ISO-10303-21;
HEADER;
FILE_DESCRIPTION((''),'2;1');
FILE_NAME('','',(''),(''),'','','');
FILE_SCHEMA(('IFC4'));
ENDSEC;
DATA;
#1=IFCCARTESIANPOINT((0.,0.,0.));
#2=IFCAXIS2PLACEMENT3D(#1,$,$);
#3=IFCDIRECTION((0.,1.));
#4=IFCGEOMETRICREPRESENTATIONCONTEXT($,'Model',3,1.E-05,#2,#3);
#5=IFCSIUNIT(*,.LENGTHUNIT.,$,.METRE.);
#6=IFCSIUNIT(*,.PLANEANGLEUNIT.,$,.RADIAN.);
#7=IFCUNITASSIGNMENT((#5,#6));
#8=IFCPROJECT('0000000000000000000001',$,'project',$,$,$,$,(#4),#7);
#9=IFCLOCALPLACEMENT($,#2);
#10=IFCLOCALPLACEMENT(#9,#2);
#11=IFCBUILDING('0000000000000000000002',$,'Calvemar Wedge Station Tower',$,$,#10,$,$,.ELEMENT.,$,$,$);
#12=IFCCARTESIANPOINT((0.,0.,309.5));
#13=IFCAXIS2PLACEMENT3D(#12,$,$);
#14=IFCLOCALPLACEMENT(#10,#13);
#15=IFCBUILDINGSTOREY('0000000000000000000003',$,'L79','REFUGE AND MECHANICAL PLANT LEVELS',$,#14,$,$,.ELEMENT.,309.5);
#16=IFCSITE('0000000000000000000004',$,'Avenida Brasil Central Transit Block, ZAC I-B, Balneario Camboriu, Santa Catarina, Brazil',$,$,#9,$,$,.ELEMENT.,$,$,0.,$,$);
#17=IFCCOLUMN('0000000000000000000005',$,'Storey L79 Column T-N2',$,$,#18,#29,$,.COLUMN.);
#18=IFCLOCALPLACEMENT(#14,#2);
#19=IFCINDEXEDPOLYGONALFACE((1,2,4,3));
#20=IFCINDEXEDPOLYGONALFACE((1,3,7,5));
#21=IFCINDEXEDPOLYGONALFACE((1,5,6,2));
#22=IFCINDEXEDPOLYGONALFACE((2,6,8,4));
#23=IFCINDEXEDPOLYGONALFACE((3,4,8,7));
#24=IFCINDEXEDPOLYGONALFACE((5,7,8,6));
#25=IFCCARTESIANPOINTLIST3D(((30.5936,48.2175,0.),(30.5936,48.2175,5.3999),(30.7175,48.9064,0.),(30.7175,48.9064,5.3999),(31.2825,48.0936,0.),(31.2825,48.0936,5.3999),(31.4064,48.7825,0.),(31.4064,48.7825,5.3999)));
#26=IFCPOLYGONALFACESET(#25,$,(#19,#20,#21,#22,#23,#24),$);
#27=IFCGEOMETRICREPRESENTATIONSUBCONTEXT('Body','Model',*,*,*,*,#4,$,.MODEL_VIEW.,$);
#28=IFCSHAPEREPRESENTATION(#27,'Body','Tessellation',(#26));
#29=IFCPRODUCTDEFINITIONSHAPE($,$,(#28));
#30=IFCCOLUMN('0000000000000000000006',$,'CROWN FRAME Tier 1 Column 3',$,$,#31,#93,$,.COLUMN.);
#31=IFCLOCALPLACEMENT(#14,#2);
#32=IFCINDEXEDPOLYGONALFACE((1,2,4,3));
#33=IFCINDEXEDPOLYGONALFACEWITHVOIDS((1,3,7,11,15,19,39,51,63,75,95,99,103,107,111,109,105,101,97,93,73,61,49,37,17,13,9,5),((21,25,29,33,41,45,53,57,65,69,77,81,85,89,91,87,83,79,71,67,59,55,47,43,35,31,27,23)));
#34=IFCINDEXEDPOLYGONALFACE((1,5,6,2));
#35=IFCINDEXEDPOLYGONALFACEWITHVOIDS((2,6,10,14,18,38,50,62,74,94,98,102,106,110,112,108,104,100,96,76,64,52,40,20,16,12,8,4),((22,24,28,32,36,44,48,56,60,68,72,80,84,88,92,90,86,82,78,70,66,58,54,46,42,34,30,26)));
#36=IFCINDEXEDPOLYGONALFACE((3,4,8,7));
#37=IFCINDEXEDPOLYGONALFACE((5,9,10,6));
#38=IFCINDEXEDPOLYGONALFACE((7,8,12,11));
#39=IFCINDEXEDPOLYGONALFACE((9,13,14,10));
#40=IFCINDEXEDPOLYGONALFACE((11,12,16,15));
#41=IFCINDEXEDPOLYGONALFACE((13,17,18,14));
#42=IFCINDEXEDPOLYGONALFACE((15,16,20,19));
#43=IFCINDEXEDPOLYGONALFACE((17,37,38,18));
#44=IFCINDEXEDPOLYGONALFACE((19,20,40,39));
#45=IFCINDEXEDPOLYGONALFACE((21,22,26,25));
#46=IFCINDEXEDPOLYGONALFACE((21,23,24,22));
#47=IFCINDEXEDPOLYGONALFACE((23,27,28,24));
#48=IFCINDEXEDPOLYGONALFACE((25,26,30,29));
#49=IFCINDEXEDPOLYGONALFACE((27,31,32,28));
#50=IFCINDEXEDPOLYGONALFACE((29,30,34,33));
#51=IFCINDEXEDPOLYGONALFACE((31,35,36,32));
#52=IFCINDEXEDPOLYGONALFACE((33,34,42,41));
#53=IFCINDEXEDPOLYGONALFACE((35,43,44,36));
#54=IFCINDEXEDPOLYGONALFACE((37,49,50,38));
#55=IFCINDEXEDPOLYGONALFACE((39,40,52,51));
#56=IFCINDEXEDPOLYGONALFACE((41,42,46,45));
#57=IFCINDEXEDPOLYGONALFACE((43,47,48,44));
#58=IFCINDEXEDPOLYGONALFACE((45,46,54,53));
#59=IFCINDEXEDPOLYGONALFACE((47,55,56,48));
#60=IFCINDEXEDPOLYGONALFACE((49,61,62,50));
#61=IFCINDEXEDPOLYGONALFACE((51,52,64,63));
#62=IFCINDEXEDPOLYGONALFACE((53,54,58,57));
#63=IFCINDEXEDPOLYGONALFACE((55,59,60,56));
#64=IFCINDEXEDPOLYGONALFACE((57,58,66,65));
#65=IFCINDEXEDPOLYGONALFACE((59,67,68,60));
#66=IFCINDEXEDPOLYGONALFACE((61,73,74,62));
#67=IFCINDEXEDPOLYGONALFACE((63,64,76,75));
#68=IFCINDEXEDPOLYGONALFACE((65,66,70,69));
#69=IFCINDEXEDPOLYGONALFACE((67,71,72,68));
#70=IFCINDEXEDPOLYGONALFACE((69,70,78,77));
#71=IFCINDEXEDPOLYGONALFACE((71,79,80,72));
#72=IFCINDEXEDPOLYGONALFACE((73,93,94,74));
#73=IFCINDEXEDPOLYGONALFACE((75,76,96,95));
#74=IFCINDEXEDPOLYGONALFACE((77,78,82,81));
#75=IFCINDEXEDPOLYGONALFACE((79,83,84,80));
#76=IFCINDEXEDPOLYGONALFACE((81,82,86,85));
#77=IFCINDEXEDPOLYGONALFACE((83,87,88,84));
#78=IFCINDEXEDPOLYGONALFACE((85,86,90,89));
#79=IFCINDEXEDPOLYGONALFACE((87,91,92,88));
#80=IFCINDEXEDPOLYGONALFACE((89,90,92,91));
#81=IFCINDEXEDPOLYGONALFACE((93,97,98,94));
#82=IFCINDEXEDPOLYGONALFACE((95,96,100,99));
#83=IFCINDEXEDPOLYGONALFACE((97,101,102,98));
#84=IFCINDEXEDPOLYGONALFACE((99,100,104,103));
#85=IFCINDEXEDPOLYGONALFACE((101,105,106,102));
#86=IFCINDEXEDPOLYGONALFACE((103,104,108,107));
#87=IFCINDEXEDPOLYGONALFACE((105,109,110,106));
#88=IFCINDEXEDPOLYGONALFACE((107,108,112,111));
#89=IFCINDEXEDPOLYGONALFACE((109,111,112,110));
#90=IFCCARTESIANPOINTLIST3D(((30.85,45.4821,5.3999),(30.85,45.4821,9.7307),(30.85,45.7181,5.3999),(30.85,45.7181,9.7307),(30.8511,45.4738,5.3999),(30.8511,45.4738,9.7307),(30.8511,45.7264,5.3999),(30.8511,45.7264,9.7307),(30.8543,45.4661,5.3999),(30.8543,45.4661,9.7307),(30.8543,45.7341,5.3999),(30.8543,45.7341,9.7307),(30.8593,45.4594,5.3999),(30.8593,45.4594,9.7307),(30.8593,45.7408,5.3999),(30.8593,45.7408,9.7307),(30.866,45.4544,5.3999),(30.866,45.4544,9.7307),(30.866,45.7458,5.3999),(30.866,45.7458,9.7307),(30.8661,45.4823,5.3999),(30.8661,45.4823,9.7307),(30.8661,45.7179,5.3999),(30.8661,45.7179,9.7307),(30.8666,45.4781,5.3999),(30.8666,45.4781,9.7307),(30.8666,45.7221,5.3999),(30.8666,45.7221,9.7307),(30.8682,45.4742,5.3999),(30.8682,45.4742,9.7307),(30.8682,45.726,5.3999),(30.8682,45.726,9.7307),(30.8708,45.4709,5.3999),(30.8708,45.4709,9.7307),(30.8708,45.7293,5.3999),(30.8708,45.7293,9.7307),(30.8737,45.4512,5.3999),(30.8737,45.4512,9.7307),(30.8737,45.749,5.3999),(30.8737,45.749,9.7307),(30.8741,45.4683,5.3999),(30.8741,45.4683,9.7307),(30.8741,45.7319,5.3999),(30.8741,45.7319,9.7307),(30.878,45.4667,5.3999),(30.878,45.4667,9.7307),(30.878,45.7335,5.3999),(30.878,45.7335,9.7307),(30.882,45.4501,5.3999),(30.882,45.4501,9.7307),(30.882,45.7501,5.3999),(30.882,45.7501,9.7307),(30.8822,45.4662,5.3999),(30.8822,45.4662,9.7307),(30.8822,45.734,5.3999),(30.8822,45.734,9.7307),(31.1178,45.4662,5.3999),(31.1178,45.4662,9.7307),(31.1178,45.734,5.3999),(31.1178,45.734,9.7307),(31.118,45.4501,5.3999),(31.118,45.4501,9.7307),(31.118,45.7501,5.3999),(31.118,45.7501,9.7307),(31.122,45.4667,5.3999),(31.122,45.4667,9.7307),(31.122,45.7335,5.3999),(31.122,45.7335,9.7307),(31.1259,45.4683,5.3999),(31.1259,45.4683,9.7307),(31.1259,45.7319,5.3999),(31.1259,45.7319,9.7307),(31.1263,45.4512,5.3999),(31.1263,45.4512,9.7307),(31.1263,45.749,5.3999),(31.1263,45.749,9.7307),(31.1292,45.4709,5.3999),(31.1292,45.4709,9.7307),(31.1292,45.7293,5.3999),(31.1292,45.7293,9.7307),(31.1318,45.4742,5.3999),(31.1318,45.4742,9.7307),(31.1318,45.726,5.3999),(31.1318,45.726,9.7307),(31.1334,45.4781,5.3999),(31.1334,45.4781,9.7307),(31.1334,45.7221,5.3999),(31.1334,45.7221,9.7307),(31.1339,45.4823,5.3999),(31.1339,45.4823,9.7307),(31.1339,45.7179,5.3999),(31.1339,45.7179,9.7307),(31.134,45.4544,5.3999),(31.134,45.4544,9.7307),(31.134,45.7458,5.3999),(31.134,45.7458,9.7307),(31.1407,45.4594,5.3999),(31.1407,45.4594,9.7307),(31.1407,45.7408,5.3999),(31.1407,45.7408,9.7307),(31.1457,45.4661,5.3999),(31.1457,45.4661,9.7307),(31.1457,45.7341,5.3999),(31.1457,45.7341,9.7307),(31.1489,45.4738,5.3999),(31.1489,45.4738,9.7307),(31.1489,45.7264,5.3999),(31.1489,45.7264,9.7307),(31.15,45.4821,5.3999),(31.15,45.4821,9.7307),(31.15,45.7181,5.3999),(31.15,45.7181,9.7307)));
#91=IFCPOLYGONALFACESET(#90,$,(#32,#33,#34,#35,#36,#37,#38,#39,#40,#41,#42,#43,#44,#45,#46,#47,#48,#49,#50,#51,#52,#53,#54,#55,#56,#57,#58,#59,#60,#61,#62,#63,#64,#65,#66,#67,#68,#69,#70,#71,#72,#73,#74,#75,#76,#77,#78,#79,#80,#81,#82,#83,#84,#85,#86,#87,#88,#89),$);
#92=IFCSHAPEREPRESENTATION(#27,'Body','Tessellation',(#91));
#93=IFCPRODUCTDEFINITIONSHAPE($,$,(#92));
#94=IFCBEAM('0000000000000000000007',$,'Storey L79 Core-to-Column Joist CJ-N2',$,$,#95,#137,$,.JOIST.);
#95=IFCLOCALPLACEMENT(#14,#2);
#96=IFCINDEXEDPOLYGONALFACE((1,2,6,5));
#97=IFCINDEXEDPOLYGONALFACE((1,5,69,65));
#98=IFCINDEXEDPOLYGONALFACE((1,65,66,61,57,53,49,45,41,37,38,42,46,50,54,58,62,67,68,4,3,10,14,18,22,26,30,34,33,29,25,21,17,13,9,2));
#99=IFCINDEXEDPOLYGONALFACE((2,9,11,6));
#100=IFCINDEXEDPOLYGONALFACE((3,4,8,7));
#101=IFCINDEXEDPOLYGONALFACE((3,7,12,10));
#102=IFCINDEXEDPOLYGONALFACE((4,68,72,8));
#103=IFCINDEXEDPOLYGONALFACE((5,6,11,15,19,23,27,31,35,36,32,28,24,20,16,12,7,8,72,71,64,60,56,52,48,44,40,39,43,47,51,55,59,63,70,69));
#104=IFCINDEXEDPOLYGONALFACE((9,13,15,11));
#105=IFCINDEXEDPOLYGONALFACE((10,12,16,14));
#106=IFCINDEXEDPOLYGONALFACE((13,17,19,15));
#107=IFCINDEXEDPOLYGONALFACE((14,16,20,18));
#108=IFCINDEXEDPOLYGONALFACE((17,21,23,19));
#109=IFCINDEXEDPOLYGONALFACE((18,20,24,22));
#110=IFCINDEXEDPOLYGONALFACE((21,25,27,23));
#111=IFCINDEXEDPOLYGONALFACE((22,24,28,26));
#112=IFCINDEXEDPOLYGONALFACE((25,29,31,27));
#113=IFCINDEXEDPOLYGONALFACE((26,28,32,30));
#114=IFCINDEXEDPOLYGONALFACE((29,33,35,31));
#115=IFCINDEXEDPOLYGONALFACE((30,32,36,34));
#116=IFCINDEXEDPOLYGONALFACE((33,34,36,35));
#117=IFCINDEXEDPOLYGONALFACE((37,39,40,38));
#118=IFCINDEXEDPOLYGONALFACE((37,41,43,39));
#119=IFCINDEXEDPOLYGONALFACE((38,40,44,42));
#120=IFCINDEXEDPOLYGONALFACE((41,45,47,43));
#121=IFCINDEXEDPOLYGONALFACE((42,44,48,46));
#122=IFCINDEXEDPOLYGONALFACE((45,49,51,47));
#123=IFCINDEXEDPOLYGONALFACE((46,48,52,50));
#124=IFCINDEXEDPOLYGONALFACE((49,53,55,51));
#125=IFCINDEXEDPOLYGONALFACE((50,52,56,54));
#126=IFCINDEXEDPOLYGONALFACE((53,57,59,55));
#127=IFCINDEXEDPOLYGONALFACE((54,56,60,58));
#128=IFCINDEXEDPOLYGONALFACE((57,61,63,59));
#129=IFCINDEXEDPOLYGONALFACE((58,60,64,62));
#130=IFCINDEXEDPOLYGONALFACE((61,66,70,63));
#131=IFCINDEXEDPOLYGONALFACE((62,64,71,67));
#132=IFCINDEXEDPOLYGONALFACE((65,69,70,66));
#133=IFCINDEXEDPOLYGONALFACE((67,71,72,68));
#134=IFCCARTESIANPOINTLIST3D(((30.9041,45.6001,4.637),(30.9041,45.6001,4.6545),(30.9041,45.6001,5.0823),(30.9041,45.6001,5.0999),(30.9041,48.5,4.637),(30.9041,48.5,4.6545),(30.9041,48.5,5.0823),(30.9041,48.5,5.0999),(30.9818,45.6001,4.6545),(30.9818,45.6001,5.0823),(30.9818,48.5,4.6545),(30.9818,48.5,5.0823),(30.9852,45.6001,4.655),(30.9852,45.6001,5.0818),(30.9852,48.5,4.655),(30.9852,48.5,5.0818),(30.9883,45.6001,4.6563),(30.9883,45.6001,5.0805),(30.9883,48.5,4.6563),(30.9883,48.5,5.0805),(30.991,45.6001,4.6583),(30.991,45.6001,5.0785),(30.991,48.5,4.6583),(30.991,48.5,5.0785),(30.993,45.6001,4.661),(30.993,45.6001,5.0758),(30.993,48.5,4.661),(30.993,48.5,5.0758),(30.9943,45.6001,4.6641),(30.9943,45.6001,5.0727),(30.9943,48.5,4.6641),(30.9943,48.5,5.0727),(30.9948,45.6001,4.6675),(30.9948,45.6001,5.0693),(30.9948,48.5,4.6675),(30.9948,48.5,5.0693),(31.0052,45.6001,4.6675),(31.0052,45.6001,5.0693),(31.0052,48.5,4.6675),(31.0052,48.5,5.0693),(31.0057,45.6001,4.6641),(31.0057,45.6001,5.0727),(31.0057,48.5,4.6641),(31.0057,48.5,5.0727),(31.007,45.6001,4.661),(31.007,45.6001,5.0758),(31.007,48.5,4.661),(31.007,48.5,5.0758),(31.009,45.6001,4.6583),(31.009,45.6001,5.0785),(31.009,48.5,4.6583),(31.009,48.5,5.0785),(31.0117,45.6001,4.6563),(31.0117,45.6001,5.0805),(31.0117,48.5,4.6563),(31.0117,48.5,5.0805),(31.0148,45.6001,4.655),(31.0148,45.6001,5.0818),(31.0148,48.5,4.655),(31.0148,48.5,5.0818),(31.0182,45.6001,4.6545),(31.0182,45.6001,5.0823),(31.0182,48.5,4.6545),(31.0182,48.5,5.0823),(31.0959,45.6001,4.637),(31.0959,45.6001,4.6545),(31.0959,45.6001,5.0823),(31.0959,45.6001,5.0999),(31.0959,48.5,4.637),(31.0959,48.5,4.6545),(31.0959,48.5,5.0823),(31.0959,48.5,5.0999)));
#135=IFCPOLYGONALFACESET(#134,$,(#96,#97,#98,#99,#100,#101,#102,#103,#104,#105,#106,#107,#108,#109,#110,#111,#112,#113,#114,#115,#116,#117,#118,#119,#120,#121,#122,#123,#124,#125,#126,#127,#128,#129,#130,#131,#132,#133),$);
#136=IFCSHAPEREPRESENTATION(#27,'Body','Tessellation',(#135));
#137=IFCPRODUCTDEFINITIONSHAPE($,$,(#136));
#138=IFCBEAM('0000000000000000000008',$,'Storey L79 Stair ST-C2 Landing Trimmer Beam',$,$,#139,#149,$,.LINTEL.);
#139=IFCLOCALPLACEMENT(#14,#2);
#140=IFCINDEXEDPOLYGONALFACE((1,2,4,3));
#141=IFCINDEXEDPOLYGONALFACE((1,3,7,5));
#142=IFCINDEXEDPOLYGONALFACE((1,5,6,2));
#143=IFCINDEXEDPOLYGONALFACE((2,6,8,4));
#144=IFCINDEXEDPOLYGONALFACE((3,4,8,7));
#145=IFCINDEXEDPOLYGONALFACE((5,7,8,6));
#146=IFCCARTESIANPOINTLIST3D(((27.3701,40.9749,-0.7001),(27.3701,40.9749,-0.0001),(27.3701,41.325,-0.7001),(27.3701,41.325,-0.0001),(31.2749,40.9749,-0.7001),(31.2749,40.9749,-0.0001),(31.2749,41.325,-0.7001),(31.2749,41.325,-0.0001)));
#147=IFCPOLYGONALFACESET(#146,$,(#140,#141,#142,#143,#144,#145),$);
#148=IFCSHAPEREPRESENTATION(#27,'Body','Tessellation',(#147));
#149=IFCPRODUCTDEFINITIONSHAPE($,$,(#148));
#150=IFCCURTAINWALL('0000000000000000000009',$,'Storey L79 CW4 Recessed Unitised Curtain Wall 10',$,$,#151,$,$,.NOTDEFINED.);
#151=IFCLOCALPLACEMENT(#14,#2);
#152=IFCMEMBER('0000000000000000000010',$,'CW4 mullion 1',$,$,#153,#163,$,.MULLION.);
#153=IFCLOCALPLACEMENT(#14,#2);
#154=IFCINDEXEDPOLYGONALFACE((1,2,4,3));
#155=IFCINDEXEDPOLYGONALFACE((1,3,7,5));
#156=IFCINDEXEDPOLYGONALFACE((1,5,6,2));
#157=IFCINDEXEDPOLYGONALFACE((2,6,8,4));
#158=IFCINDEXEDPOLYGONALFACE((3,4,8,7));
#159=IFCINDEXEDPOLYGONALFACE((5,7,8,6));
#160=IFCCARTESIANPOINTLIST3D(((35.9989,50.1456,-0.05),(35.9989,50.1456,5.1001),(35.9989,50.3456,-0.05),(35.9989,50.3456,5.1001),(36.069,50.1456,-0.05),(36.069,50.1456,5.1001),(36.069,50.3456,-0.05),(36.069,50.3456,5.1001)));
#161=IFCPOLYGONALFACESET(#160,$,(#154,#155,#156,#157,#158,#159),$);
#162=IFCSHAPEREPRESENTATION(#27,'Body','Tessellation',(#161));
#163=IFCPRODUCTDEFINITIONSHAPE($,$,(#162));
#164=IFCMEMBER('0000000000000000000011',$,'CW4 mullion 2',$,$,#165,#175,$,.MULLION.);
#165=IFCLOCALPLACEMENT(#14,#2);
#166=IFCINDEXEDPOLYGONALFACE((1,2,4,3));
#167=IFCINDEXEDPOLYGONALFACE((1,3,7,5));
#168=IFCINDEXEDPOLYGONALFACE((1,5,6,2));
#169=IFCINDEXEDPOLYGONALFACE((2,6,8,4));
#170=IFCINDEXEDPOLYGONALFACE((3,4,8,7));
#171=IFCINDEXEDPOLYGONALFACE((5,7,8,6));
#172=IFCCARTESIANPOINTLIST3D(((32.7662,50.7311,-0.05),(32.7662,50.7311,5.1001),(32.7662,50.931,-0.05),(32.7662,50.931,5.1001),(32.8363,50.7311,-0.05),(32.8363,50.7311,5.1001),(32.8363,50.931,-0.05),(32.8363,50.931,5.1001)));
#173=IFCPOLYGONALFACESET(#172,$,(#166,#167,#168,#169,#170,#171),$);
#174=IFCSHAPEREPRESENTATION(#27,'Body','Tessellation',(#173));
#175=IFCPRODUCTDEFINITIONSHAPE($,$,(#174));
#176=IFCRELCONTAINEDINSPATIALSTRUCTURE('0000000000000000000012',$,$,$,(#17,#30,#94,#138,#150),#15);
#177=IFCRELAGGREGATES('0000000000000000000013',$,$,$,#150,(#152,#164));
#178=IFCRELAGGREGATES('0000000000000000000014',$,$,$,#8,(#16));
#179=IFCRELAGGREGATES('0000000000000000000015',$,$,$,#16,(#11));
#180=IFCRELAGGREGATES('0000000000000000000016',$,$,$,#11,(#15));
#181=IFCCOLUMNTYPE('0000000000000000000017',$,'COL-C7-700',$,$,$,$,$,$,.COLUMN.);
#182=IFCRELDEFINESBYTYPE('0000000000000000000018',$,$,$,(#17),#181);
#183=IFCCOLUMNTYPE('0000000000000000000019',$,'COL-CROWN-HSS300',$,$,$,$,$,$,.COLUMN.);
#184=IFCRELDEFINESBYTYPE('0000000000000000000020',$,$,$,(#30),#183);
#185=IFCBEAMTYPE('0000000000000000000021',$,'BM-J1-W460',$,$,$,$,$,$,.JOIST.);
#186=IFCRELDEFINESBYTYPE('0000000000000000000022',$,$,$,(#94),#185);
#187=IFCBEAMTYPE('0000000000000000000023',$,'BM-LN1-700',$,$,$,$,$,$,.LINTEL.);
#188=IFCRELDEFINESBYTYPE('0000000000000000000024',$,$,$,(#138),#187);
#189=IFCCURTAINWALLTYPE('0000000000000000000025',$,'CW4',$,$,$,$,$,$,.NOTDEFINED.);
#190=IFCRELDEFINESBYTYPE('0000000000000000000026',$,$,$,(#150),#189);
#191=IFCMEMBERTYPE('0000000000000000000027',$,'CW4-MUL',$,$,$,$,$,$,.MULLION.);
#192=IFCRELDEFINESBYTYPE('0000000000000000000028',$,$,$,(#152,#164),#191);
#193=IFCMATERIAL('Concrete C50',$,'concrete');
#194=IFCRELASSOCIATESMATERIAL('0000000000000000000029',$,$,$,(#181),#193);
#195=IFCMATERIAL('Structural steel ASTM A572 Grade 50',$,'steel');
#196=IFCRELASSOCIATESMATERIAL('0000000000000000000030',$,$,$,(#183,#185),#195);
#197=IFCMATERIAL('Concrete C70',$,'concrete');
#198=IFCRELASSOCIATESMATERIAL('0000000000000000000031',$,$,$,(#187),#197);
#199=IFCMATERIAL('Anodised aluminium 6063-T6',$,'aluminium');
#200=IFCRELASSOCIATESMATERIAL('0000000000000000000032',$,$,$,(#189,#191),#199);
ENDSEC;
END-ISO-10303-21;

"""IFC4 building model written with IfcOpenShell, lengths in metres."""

from ifc_helpers import new_model, si_unit, direction, frame, origin, origin_2d, place, context, subcontext, project, spatial, rectangle, hollow_rectangle, i_section, extrude, source, transform, mapped, material, material_profile, profile_set, type_object, element, aggregate, save


model = new_model("IFC4")

# Units and contexts
model_context = context("Model", 3, precision=1e-05, world=origin(), true_north=direction((0.0, 1.0)))
body_context = subcontext(model_context, "Body", "Model", "MODEL_VIEW")
ifc_project = project(units=[si_unit("LENGTHUNIT", "METRE"), si_unit("PLANEANGLEUNIT", "RADIAN")], contexts=[model_context])

# Site, building, storey
site_placement = place(None, origin())
site = spatial("IfcSite", under=ifc_project, at=site_placement, Name="Avenida Brasil Central Transit Block, ZAC I-B, Balneario Camboriu, Santa Catarina, Brazil", CompositionType="ELEMENT", RefElevation=0.0)
building_placement = place(site_placement, origin())
building = spatial("IfcBuilding", under=site, at=building_placement, Name="Calvemar Wedge Station Tower", CompositionType="ELEMENT")
storey_placement = place(building_placement, frame((0.0, 0.0, 309.5)))
storey = spatial("IfcBuildingStorey", under=building, at=storey_placement, Name="L79", Description="REFUGE AND MECHANICAL PLANT LEVELS", CompositionType="ELEMENT", Elevation=309.5)

# Columns
ifc_material_1 = material(Name="Concrete C50", Category="concrete")
ifc_material_profile_1 = material_profile(ifc_material_1, rectangle(XDim=0.7, YDim=0.7, at=origin_2d()), Name="RC700x700")
ifc_profile_set_1 = profile_set([ifc_material_profile_1], Name="Concrete C50")
column_type_1 = type_object("IfcColumnType", Name="COL-C7-700", PredefinedType="COLUMN", material=ifc_profile_set_1)
shared_shape_1 = source(origin(), body_context, "Body", "SweptSolid", [
    extrude(rectangle(XDim=0.7, YDim=0.7, at=origin_2d()), origin(), (0.0, 0.0, 1.0), 5.3999),
])
column_1_placement = place(storey_placement, frame((31.0, 48.5, 0.0), z_axis=(0.0, 0.0, 1.0), x_axis=(0.984196, -0.177085, 0.0)))
element("IfcColumn", 1, at=column_1_placement, inside=storey, type_object=column_type_1, Name="Storey L79 Column T-N2", PredefinedType="COLUMN", context=body_context, shape_type="MappedRepresentation", body=[
    mapped(shared_shape_1, transform((0.0, 0.0, 0.0), scale=1.0)),
])
ifc_material_2 = material(Name="Structural steel ASTM A572 Grade 50", Category="steel")
ifc_material_profile_2 = material_profile(ifc_material_2, hollow_rectangle(XDim=0.3, YDim=0.3, WallThickness=0.0161, InnerFilletRadius=0.0161, OuterFilletRadius=0.032, at=origin_2d()), Name="HSS300x300x16")
ifc_profile_set_2 = profile_set([ifc_material_profile_2], Name="Structural steel ASTM A572 Grade 50")
column_type_2 = type_object("IfcColumnType", Name="COL-CROWN-HSS300", PredefinedType="COLUMN", material=ifc_profile_set_2)
shared_shape_2 = source(origin(), body_context, "Body", "SweptSolid", [
    extrude(hollow_rectangle(XDim=0.3, YDim=0.3, WallThickness=0.0161, InnerFilletRadius=0.0161, OuterFilletRadius=0.032, at=origin_2d()), origin(), (0.0, 0.0, 1.0), 4.3308),
])
column_2_placement = place(storey_placement, frame((31.0, 45.6001, 5.3999), z_axis=(0.0, 0.0, 1.0), x_axis=(1.0, 0.0, 0.0)))
element("IfcColumn", 2, at=column_2_placement, inside=storey, type_object=column_type_2, Name="CROWN FRAME Tier 1 Column 3", PredefinedType="COLUMN", context=body_context, shape_type="MappedRepresentation", body=[
    mapped(shared_shape_2, transform((0.0, 0.0, 0.0), scale=1.0)),
])

# Beams
ifc_material_profile_3 = material_profile(ifc_material_2, i_section(OverallWidth=0.1919, OverallDepth=0.4629, WebThickness=0.0105, FlangeThickness=0.0176, FilletRadius=0.0129, at=origin_2d()), Name="W460x89")
ifc_profile_set_3 = profile_set([ifc_material_profile_3], Name="Structural steel ASTM A572 Grade 50")
beam_type_1 = type_object("IfcBeamType", Name="BM-J1-W460", PredefinedType="JOIST", material=ifc_profile_set_3)
shared_shape_3 = source(origin(), body_context, "Body", "SweptSolid", [
    extrude(i_section(OverallWidth=0.1919, OverallDepth=0.4629, WebThickness=0.0105, FlangeThickness=0.0176, FilletRadius=0.0129, at=origin_2d()), origin(), (0.0, 0.0, 1.0), 2.8999),
])
beam_1_placement = place(storey_placement, frame((31.0, 45.6001, 4.8684), z_axis=(0.0, 1.0, 0.0), x_axis=(-1.0, 0.0, 0.0)))
element("IfcBeam", 3, at=beam_1_placement, inside=storey, type_object=beam_type_1, Name="Storey L79 Core-to-Column Joist CJ-N2", PredefinedType="JOIST", context=body_context, shape_type="MappedRepresentation", body=[
    mapped(shared_shape_3, transform((0.0, 0.0, 0.0), scale=1.0)),
])
ifc_material_3 = material(Name="Concrete C70", Category="concrete")
ifc_material_profile_4 = material_profile(ifc_material_3, rectangle(XDim=0.3501, YDim=0.7, at=origin_2d()), Name="RC350x700")
ifc_profile_set_4 = profile_set([ifc_material_profile_4], Name="Concrete C70")
beam_type_2 = type_object("IfcBeamType", Name="BM-LN1-700", PredefinedType="LINTEL", material=ifc_profile_set_4)
shared_shape_4 = source(origin(), body_context, "Body", "SweptSolid", [
    extrude(rectangle(XDim=0.3501, YDim=0.7, at=origin_2d()), origin(), (0.0, 0.0, 1.0), 3.9048),
])
beam_2_placement = place(storey_placement, frame((27.3701, 41.1499, -0.3501), z_axis=(1.0, 0.0, 0.0), x_axis=(0.0, 1.0, 0.0)))
element("IfcBeam", 4, at=beam_2_placement, inside=storey, type_object=beam_type_2, Name="Storey L79 Stair ST-C2 Landing Trimmer Beam", PredefinedType="LINTEL", context=body_context, shape_type="MappedRepresentation", body=[
    mapped(shared_shape_4, transform((0.0, 0.0, 0.0), scale=1.0)),
])

# Curtain wall, members
ifc_material_4 = material(Name="Anodised aluminium 6063-T6", Category="aluminium")
curtain_wall_type = type_object("IfcCurtainWallType", Name="CW4", PredefinedType="NOTDEFINED", material=ifc_material_4)
curtain_wall_placement = place(storey_placement, origin())
curtain_wall = element("IfcCurtainWall", 5, at=curtain_wall_placement, inside=storey, type_object=curtain_wall_type, Name="Storey L79 CW4 Recessed Unitised Curtain Wall 10", PredefinedType="NOTDEFINED")
ifc_material_profile_5 = material_profile(ifc_material_4, rectangle(XDim=0.0701, YDim=0.2, at=origin_2d()), Name="AL-MUL-70x200")
ifc_profile_set_5 = profile_set([ifc_material_profile_5], Name="Anodised aluminium 6063-T6")
member_type_1 = type_object("IfcMemberType", Name="CW4-MUL", PredefinedType="MULLION", material=ifc_profile_set_5)
shared_shape_5 = source(origin(), body_context, "Body", "SweptSolid", [
    extrude(rectangle(XDim=0.0701, YDim=0.2, at=origin_2d()), origin(), (0.0, 0.0, 1.0), 5.1501),
])
member_1_placement = place(storey_placement, frame((36.0339, 50.2456, -0.05), z_axis=(0.0, 0.0, 1.0), x_axis=(1.0, 0.0, 0.0)))
member_1 = element("IfcMember", 6, at=member_1_placement, type_object=member_type_1, Name="CW4 mullion 1", PredefinedType="MULLION", context=body_context, shape_type="MappedRepresentation", body=[
    mapped(shared_shape_5, transform((0.0, 0.0, 0.0), scale=1.0)),
])
member_2_placement = place(storey_placement, frame((32.8013, 50.8311, -0.05), z_axis=(0.0, 0.0, 1.0), x_axis=(1.0, 0.0, 0.0)))
member_2 = element("IfcMember", 7, at=member_2_placement, type_object=member_type_1, Name="CW4 mullion 2", PredefinedType="MULLION", context=body_context, shape_type="MappedRepresentation", body=[
    mapped(shared_shape_5, transform((0.0, 0.0, 0.0), scale=1.0)),
])
aggregate(curtain_wall, [member_1, member_2])

save(model, "model.ifc")
